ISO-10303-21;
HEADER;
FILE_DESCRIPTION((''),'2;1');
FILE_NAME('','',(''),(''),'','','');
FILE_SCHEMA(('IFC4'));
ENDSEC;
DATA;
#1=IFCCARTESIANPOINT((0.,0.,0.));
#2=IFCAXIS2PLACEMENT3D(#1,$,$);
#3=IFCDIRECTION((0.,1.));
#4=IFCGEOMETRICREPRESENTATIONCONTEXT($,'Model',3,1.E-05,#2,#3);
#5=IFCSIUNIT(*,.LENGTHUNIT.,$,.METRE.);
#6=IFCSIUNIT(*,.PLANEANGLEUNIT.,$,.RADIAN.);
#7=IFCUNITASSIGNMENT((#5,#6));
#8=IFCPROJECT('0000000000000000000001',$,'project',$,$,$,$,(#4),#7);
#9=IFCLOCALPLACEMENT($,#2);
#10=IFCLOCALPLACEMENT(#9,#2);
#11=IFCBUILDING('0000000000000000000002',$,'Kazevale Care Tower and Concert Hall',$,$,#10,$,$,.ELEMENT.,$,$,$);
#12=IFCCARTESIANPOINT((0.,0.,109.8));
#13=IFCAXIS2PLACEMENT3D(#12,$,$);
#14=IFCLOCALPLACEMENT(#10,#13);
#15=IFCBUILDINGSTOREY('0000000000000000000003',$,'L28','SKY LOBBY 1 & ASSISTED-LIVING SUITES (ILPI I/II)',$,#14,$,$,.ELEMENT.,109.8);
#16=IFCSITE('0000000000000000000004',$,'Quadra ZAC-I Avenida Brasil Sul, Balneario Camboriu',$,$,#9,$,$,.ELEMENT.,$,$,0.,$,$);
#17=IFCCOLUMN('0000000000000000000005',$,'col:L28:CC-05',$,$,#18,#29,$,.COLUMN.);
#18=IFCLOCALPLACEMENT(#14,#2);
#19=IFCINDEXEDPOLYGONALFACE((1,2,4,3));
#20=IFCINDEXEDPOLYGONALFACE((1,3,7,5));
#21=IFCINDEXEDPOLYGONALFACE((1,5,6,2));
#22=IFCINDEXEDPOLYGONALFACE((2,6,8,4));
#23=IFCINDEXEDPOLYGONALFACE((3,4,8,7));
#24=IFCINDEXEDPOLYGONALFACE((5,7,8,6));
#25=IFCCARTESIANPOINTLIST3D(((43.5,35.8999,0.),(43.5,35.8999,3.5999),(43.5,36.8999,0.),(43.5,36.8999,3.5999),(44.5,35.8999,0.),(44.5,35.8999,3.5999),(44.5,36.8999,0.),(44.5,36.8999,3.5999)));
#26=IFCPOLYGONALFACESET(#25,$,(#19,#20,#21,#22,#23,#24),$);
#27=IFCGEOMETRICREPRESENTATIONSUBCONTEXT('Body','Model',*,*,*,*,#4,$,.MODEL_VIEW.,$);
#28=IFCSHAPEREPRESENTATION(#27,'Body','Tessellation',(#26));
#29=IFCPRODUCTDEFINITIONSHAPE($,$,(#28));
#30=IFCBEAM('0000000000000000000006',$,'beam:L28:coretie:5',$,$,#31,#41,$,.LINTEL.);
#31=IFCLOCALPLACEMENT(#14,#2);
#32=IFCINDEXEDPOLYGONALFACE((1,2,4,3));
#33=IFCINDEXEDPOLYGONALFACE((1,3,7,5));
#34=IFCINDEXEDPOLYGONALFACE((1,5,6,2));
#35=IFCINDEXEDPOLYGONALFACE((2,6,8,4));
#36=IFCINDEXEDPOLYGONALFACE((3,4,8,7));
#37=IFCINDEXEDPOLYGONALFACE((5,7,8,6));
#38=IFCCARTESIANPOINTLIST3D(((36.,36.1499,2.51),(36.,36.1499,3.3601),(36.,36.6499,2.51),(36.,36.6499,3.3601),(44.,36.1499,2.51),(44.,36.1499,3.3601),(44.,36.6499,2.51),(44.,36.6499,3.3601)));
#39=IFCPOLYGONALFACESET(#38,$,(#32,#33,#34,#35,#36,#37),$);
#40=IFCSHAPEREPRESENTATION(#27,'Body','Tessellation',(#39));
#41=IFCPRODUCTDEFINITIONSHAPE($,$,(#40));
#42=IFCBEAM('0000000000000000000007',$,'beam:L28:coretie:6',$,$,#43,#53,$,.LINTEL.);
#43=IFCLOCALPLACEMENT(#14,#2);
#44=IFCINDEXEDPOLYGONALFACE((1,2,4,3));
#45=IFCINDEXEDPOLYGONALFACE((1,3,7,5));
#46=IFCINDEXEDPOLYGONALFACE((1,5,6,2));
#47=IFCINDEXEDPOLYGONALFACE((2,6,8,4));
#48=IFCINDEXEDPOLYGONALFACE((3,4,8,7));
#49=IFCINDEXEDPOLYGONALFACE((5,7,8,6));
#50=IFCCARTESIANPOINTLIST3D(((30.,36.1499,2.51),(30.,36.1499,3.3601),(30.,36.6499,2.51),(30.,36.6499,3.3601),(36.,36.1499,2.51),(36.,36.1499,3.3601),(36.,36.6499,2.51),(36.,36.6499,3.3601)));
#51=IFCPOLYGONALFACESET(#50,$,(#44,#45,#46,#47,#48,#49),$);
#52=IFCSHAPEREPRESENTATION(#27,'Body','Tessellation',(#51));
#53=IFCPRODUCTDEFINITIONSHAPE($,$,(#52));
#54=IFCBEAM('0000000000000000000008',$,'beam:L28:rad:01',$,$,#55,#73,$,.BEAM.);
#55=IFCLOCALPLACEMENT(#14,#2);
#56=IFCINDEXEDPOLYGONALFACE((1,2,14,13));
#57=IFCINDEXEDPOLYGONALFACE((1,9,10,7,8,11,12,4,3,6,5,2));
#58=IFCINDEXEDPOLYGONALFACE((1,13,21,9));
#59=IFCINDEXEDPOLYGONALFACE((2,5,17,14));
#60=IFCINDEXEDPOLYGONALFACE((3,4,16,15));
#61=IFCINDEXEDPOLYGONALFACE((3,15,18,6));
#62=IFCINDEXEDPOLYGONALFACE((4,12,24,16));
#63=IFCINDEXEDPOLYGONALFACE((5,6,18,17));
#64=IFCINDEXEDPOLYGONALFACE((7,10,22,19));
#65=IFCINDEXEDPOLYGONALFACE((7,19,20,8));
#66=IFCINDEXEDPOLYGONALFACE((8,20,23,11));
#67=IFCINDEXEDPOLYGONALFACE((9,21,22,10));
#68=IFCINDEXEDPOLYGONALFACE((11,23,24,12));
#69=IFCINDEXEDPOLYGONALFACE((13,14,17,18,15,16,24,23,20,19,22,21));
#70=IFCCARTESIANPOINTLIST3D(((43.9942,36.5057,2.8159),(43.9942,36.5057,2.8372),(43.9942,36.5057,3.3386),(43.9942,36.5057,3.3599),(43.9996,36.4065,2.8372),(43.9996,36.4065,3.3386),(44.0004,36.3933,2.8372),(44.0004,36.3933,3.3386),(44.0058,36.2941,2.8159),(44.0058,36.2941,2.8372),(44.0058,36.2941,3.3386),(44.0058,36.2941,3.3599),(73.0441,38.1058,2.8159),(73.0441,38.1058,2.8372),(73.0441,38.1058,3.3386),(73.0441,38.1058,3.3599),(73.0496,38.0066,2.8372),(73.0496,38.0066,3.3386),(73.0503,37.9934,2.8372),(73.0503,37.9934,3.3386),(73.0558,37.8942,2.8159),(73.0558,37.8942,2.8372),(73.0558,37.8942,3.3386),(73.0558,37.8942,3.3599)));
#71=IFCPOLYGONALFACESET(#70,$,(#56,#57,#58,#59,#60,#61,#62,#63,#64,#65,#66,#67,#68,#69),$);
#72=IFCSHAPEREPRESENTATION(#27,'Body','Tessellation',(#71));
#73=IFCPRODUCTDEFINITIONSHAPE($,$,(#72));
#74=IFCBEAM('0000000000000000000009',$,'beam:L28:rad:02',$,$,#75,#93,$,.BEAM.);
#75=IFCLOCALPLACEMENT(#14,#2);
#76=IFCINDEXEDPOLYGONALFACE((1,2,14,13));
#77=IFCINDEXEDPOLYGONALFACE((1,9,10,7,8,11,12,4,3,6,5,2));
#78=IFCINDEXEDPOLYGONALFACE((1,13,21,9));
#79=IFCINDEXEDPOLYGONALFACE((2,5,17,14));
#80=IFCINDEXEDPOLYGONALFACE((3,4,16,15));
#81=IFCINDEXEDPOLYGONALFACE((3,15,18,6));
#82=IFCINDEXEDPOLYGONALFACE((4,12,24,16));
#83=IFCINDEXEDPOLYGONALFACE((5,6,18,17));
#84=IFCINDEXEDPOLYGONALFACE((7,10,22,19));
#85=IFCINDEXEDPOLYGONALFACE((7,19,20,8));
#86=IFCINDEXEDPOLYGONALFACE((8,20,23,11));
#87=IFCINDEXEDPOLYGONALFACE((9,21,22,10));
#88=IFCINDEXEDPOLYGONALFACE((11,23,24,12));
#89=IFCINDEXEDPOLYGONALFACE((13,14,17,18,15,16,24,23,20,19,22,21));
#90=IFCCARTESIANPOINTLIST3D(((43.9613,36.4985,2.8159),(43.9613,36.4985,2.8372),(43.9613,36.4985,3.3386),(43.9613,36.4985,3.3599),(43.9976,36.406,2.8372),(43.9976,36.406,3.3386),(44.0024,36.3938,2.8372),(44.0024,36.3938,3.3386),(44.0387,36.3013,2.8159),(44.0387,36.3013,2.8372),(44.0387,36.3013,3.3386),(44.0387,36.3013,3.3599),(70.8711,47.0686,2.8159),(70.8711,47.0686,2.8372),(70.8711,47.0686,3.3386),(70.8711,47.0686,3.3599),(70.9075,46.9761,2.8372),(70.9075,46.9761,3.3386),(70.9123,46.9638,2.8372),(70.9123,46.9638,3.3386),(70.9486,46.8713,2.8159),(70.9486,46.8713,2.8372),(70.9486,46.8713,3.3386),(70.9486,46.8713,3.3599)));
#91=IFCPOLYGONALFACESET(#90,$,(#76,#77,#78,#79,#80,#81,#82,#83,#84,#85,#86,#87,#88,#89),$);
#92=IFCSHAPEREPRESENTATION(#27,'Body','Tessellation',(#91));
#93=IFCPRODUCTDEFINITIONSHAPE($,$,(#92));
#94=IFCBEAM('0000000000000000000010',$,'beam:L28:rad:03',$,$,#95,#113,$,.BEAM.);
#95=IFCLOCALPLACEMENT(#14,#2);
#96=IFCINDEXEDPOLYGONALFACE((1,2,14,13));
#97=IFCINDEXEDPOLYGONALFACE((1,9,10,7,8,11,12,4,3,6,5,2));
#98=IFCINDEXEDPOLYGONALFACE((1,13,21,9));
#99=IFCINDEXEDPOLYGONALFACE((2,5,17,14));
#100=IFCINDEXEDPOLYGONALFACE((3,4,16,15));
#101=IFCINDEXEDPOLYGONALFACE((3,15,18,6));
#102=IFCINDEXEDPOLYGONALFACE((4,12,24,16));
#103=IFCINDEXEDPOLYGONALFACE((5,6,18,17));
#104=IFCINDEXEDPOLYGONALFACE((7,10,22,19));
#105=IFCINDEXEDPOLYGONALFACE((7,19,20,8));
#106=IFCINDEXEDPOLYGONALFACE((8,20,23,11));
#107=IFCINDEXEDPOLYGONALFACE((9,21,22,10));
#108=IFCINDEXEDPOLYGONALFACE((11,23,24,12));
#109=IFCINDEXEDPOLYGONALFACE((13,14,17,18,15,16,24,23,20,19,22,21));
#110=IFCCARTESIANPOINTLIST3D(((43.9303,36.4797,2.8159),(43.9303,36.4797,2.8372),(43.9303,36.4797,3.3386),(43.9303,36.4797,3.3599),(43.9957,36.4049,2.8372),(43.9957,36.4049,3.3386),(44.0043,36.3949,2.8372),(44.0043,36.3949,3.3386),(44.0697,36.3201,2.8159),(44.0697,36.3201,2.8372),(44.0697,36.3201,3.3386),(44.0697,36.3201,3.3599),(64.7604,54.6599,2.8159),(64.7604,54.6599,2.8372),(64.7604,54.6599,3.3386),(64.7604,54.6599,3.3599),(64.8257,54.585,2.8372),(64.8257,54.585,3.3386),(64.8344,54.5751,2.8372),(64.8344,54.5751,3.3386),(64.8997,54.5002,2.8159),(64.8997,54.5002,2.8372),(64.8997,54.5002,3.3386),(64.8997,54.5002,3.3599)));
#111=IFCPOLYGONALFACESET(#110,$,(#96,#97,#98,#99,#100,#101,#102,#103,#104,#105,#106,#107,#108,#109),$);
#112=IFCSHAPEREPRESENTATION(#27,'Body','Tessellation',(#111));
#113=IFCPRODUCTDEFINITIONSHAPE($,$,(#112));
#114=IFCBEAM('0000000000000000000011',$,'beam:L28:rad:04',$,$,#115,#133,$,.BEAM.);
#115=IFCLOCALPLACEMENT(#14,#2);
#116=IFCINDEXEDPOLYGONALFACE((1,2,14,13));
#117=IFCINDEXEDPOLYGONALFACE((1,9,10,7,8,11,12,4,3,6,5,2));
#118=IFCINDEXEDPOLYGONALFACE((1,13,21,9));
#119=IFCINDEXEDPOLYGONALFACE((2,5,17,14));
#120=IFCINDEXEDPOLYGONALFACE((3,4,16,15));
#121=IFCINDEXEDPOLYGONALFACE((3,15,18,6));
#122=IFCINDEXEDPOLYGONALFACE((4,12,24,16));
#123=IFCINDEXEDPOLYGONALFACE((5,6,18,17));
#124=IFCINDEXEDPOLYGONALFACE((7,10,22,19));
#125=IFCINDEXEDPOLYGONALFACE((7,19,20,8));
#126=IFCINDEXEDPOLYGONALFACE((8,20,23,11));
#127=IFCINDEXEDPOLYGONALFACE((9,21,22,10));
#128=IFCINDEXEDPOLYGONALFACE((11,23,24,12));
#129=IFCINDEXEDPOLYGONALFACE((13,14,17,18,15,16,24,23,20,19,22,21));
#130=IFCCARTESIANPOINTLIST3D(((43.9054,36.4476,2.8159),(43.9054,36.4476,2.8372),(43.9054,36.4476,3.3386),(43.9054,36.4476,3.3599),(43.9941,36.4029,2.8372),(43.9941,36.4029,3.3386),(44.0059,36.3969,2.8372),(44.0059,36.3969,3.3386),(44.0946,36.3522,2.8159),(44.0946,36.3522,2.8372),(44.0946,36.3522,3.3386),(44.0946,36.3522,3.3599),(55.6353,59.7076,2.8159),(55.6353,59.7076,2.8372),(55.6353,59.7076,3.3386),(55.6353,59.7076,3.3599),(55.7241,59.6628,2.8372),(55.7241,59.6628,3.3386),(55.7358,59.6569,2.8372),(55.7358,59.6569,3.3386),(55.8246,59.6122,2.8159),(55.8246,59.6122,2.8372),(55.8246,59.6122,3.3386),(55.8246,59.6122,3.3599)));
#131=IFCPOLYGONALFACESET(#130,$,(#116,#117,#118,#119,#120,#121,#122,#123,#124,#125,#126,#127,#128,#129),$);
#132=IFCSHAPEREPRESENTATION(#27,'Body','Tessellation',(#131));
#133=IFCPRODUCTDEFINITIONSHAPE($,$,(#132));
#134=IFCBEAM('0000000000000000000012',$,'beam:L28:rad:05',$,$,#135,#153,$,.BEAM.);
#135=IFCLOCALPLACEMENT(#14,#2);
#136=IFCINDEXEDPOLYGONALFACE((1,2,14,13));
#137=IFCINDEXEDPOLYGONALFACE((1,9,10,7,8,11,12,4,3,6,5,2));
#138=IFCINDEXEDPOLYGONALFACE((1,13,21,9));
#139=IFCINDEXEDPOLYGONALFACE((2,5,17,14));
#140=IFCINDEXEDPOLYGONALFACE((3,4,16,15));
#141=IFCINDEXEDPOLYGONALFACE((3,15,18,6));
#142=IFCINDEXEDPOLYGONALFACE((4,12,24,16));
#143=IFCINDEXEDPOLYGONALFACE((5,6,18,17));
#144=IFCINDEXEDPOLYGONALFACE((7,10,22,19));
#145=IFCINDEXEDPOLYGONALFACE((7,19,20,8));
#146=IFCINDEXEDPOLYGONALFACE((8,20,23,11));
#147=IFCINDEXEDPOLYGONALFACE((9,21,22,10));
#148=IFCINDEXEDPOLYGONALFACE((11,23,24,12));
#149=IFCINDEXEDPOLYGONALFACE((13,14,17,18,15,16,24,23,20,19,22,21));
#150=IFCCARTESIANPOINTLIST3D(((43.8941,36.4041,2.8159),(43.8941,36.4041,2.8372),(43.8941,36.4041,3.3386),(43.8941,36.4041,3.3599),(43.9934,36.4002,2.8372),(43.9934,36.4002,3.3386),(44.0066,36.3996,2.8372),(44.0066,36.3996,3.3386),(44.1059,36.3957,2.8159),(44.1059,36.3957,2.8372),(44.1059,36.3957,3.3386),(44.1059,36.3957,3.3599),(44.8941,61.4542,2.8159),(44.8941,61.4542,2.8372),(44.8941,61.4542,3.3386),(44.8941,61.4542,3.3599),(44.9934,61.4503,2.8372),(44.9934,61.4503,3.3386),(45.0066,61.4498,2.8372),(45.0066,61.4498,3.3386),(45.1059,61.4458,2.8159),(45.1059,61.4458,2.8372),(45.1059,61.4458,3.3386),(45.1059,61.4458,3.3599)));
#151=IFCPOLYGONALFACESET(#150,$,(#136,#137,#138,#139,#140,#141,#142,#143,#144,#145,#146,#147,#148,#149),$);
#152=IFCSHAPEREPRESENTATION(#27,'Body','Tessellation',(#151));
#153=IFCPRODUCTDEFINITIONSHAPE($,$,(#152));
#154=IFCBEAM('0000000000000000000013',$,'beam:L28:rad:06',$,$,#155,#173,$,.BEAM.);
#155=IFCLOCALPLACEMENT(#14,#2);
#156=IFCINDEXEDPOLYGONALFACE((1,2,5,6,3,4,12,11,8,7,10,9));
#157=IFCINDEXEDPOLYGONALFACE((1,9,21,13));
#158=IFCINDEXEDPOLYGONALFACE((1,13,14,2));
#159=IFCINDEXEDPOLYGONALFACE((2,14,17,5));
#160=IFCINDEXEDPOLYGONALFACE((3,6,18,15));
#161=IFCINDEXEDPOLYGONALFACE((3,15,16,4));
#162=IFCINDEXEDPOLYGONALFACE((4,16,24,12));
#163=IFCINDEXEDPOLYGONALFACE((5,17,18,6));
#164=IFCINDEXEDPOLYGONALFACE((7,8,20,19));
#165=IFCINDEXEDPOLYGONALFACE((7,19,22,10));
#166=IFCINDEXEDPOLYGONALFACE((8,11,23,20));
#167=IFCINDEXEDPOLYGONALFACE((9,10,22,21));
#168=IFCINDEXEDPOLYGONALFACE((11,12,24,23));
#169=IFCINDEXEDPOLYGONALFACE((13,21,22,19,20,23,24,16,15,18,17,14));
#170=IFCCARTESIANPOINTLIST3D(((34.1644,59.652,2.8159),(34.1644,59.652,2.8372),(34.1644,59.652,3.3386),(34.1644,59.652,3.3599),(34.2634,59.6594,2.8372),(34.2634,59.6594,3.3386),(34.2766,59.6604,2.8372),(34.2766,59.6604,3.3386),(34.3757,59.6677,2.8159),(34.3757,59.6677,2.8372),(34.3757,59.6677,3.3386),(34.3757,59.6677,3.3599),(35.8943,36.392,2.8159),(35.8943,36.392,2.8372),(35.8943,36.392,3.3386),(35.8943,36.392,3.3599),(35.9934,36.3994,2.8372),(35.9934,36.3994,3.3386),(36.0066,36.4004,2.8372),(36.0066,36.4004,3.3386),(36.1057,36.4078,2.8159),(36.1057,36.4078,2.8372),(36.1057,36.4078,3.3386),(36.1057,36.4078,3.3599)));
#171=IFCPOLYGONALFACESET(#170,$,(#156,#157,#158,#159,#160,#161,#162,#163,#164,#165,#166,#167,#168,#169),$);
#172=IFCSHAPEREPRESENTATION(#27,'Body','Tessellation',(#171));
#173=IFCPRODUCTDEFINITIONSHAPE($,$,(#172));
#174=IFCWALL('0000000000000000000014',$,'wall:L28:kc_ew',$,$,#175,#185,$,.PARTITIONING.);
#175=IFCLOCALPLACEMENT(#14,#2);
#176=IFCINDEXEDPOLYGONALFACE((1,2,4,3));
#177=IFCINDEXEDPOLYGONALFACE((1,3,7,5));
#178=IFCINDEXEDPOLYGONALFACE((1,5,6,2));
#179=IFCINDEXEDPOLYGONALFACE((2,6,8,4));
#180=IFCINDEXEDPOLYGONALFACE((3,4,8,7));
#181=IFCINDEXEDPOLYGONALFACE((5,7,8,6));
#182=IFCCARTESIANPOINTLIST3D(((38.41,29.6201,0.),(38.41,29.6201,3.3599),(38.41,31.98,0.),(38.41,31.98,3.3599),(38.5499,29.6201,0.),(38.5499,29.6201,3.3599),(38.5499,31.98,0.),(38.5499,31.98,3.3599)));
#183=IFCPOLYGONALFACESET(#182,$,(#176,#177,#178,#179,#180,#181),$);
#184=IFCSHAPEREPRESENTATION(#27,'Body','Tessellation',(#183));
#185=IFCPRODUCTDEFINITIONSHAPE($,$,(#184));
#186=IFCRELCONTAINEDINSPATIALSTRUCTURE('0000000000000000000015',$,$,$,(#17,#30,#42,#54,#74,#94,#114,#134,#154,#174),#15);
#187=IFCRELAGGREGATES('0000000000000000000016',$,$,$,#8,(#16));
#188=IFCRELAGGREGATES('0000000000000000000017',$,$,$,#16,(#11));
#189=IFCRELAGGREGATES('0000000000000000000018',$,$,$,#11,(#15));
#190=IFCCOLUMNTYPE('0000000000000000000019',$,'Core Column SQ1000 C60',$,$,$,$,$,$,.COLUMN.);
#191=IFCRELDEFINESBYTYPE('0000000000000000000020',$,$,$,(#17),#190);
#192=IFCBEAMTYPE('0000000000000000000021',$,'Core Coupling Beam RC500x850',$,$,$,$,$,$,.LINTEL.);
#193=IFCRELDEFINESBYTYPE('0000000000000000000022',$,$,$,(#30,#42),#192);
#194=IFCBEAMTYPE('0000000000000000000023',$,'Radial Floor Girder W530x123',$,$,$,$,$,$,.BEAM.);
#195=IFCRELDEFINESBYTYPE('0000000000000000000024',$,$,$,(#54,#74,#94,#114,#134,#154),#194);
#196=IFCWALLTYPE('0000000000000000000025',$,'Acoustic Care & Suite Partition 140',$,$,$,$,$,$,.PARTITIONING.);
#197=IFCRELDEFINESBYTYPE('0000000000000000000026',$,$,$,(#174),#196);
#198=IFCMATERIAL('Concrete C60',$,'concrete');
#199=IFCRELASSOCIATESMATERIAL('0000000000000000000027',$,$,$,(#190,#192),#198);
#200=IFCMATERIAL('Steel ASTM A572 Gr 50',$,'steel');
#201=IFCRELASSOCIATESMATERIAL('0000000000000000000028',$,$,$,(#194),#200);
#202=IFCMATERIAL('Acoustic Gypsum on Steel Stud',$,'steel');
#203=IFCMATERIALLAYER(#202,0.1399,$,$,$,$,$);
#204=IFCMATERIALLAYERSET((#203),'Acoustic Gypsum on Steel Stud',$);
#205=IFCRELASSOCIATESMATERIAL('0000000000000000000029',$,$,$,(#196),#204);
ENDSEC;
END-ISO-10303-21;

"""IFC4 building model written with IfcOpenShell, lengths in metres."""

from ifc_helpers import new_model, si_unit, direction, frame, frame_2d, origin, origin_2d, place, context, subcontext, project, spatial, rectangle, i_section, extrude, material, layer, layer_set, material_profile, profile_set, type_object, element, save


model = new_model("IFC4")

# Units and contexts
model_context = context("Model", 3, precision=1e-05, world=origin(), true_north=direction((0.0, 1.0)))
body_context = subcontext(model_context, "Body", "Model", "MODEL_VIEW")
ifc_project = project(units=[si_unit("LENGTHUNIT", "METRE"), si_unit("PLANEANGLEUNIT", "RADIAN")], contexts=[model_context])

# Site, building, storey
site_placement = place(None, origin())
site = spatial("IfcSite", under=ifc_project, at=site_placement, Name="Quadra ZAC-I Avenida Brasil Sul, Balneario Camboriu", CompositionType="ELEMENT", RefElevation=0.0)
building_placement = place(site_placement, origin())
building = spatial("IfcBuilding", under=site, at=building_placement, Name="Kazevale Care Tower and Concert Hall", CompositionType="ELEMENT")
storey_placement = place(building_placement, frame((0.0, 0.0, 109.8)))
storey = spatial("IfcBuildingStorey", under=building, at=storey_placement, Name="L28", Description="SKY LOBBY 1 & ASSISTED-LIVING SUITES (ILPI I/II)", CompositionType="ELEMENT", Elevation=109.8)

# Column
ifc_material_1 = material(Name="Concrete C60", Category="concrete")
ifc_material_profile_1 = material_profile(ifc_material_1, rectangle(XDim=1.0, YDim=1.0, at=origin_2d()), Name="RC-SQ1000")
ifc_profile_set_1 = profile_set([ifc_material_profile_1], Name="Concrete C60")
column_type = type_object("IfcColumnType", Name="Core Column SQ1000 C60", PredefinedType="COLUMN", material=ifc_profile_set_1)
column_placement = place(storey_placement, frame((44.0, 36.3999, 0.0), z_axis=(0.0, 0.0, 1.0), x_axis=(1.0, 0.0, 0.0)))
element("IfcColumn", 1, at=column_placement, inside=storey, type_object=column_type, Name="col:L28:CC-05", PredefinedType="COLUMN", context=body_context, shape_type="SweptSolid", body=[
    extrude(rectangle(XDim=1.0, YDim=1.0, at=origin_2d()), origin(), (0.0, 0.0, 1.0), 3.5999),
])

# Beams
ifc_material_profile_2 = material_profile(ifc_material_1, rectangle(XDim=0.5, YDim=0.8501, at=origin_2d()), Name="RC-B500x850")
ifc_profile_set_2 = profile_set([ifc_material_profile_2], Name="Concrete C60")
beam_type_1 = type_object("IfcBeamType", Name="Core Coupling Beam RC500x850", PredefinedType="LINTEL", material=ifc_profile_set_2)
beam_1_placement = place(storey_placement, frame((44.0, 36.3999, 2.9351), z_axis=(-1.0, 0.0, 0.0), x_axis=(0.0, -1.0, 0.0)))
element("IfcBeam", 2, at=beam_1_placement, inside=storey, type_object=beam_type_1, Name="beam:L28:coretie:5", PredefinedType="LINTEL", context=body_context, shape_type="SweptSolid", body=[
    extrude(rectangle(XDim=0.5, YDim=0.8501, at=origin_2d()), origin(), (0.0, 0.0, 1.0), 8.0),
])
beam_2_placement = place(storey_placement, frame((36.0, 36.3999, 2.9351), z_axis=(-1.0, 0.0, 0.0), x_axis=(0.0, -1.0, 0.0)))
element("IfcBeam", 3, at=beam_2_placement, inside=storey, type_object=beam_type_1, Name="beam:L28:coretie:6", PredefinedType="LINTEL", context=body_context, shape_type="SweptSolid", body=[
    extrude(rectangle(XDim=0.5, YDim=0.8501, at=origin_2d()), origin(), (0.0, 0.0, 1.0), 6.0),
])
ifc_material_2 = material(Name="Steel ASTM A572 Gr 50", Category="steel")
ifc_material_profile_3 = material_profile(ifc_material_2, i_section(OverallWidth=0.2119, OverallDepth=0.5439, WebThickness=0.0132, FlangeThickness=0.0212, at=origin_2d()), Name="W530x123")
ifc_profile_set_3 = profile_set([ifc_material_profile_3], Name="Steel ASTM A572 Gr 50")
beam_type_2 = type_object("IfcBeamType", Name="Radial Floor Girder W530x123", PredefinedType="BEAM", material=ifc_profile_set_3)
beam_3_placement = place(storey_placement, frame((44.0, 36.3999, 3.0879), z_axis=(0.998487, 0.054997, 0.0), x_axis=(-0.054997, 0.998487, 0.0)))
element("IfcBeam", 4, at=beam_3_placement, inside=storey, type_object=beam_type_2, Name="beam:L28:rad:01", PredefinedType="BEAM", context=body_context, shape_type="SweptSolid", body=[
    extrude(i_section(OverallWidth=0.2119, OverallDepth=0.5439, WebThickness=0.0132, FlangeThickness=0.0212, at=origin_2d()), origin(), (0.0, 0.0, 1.0), 29.094),
])
beam_4_placement = place(storey_placement, frame((44.0, 36.3999, 3.0879), z_axis=(0.930771, 0.365602, 0.0), x_axis=(-0.365602, 0.930771, 0.0)))
element("IfcBeam", 5, at=beam_4_placement, inside=storey, type_object=beam_type_2, Name="beam:L28:rad:02", PredefinedType="BEAM", context=body_context, shape_type="SweptSolid", body=[
    extrude(i_section(OverallWidth=0.2119, OverallDepth=0.5439, WebThickness=0.0132, FlangeThickness=0.0212, at=origin_2d()), origin(), (0.0, 0.0, 1.0), 28.9114),
])
beam_5_placement = place(storey_placement, frame((44.0, 36.3999, 3.0879), z_axis=(0.753403, 0.657559, 0.0), x_axis=(-0.657559, 0.753403, 0.0)))
element("IfcBeam", 6, at=beam_5_placement, inside=storey, type_object=beam_type_2, Name="beam:L28:rad:03", PredefinedType="BEAM", context=body_context, shape_type="SweptSolid", body=[
    extrude(i_section(OverallWidth=0.2119, OverallDepth=0.5439, WebThickness=0.0132, FlangeThickness=0.0212, at=origin_2d()), origin(), (0.0, 0.0, 1.0), 27.6479),
])
beam_6_placement = place(storey_placement, frame((44.0, 36.3999, 3.0879), z_axis=(0.450281, 0.892887, 0.0), x_axis=(-0.892887, 0.450281, 0.0)))
element("IfcBeam", 7, at=beam_6_placement, inside=storey, type_object=beam_type_2, Name="beam:L28:rad:04", PredefinedType="BEAM", context=body_context, shape_type="SweptSolid", body=[
    extrude(i_section(OverallWidth=0.2119, OverallDepth=0.5439, WebThickness=0.0132, FlangeThickness=0.0212, at=origin_2d()), origin(), (0.0, 0.0, 1.0), 26.0503),
])
beam_7_placement = place(storey_placement, frame((44.0, 36.3999, 3.0879), z_axis=(0.039888, 0.999204, 0.0), x_axis=(-0.999204, 0.039888, 0.0)))
element("IfcBeam", 8, at=beam_7_placement, inside=storey, type_object=beam_type_2, Name="beam:L28:rad:05", PredefinedType="BEAM", context=body_context, shape_type="SweptSolid", body=[
    extrude(i_section(OverallWidth=0.2119, OverallDepth=0.5439, WebThickness=0.0132, FlangeThickness=0.0212, at=origin_2d()), origin(), (0.0, 0.0, 1.0), 25.0701),
])
beam_8_placement = place(storey_placement, frame((36.0, 36.3999, 3.0879), z_axis=(-0.074171, 0.997246, 0.0), x_axis=(-0.997246, -0.074171, 0.0)))
element("IfcBeam", 9, at=beam_8_placement, inside=storey, type_object=beam_type_2, Name="beam:L28:rad:06", PredefinedType="BEAM", context=body_context, shape_type="SweptSolid", body=[
    extrude(i_section(OverallWidth=0.2119, OverallDepth=0.5439, WebThickness=0.0132, FlangeThickness=0.0212, at=origin_2d()), origin(), (0.0, 0.0, 1.0), 23.3242),
])

# Wall
ifc_material_3 = material(Name="Acoustic Gypsum on Steel Stud", Category="steel")
ifc_layer_1 = layer(ifc_material_3, 0.1399)
ifc_layer_set_1 = layer_set([ifc_layer_1], Name="Acoustic Gypsum on Steel Stud")
wall_type_1 = type_object("IfcWallType", Name="Acoustic Care & Suite Partition 140", PredefinedType="PARTITIONING", material=ifc_layer_set_1)
for number, where, z_axis, x_axis, name in (
    (10, (38.48, 29.6201, 0.0), (0.0, 0.0, 1.0), (0.0, 1.0, 0.0), "wall:L28:kc_ew"),
):
    element("IfcWall", number, at=place(storey_placement, frame(where, z_axis=z_axis, x_axis=x_axis)), inside=storey, type_object=wall_type_1, Name=name, PredefinedType="PARTITIONING", context=body_context, shape_type="SweptSolid", body=[
        extrude(rectangle(XDim=2.3599, YDim=0.1399, at=frame_2d((1.1799, 0.0))), origin(), (0.0, 0.0, 1.0), 3.3599),
    ])

save(model, "model.ifc")
